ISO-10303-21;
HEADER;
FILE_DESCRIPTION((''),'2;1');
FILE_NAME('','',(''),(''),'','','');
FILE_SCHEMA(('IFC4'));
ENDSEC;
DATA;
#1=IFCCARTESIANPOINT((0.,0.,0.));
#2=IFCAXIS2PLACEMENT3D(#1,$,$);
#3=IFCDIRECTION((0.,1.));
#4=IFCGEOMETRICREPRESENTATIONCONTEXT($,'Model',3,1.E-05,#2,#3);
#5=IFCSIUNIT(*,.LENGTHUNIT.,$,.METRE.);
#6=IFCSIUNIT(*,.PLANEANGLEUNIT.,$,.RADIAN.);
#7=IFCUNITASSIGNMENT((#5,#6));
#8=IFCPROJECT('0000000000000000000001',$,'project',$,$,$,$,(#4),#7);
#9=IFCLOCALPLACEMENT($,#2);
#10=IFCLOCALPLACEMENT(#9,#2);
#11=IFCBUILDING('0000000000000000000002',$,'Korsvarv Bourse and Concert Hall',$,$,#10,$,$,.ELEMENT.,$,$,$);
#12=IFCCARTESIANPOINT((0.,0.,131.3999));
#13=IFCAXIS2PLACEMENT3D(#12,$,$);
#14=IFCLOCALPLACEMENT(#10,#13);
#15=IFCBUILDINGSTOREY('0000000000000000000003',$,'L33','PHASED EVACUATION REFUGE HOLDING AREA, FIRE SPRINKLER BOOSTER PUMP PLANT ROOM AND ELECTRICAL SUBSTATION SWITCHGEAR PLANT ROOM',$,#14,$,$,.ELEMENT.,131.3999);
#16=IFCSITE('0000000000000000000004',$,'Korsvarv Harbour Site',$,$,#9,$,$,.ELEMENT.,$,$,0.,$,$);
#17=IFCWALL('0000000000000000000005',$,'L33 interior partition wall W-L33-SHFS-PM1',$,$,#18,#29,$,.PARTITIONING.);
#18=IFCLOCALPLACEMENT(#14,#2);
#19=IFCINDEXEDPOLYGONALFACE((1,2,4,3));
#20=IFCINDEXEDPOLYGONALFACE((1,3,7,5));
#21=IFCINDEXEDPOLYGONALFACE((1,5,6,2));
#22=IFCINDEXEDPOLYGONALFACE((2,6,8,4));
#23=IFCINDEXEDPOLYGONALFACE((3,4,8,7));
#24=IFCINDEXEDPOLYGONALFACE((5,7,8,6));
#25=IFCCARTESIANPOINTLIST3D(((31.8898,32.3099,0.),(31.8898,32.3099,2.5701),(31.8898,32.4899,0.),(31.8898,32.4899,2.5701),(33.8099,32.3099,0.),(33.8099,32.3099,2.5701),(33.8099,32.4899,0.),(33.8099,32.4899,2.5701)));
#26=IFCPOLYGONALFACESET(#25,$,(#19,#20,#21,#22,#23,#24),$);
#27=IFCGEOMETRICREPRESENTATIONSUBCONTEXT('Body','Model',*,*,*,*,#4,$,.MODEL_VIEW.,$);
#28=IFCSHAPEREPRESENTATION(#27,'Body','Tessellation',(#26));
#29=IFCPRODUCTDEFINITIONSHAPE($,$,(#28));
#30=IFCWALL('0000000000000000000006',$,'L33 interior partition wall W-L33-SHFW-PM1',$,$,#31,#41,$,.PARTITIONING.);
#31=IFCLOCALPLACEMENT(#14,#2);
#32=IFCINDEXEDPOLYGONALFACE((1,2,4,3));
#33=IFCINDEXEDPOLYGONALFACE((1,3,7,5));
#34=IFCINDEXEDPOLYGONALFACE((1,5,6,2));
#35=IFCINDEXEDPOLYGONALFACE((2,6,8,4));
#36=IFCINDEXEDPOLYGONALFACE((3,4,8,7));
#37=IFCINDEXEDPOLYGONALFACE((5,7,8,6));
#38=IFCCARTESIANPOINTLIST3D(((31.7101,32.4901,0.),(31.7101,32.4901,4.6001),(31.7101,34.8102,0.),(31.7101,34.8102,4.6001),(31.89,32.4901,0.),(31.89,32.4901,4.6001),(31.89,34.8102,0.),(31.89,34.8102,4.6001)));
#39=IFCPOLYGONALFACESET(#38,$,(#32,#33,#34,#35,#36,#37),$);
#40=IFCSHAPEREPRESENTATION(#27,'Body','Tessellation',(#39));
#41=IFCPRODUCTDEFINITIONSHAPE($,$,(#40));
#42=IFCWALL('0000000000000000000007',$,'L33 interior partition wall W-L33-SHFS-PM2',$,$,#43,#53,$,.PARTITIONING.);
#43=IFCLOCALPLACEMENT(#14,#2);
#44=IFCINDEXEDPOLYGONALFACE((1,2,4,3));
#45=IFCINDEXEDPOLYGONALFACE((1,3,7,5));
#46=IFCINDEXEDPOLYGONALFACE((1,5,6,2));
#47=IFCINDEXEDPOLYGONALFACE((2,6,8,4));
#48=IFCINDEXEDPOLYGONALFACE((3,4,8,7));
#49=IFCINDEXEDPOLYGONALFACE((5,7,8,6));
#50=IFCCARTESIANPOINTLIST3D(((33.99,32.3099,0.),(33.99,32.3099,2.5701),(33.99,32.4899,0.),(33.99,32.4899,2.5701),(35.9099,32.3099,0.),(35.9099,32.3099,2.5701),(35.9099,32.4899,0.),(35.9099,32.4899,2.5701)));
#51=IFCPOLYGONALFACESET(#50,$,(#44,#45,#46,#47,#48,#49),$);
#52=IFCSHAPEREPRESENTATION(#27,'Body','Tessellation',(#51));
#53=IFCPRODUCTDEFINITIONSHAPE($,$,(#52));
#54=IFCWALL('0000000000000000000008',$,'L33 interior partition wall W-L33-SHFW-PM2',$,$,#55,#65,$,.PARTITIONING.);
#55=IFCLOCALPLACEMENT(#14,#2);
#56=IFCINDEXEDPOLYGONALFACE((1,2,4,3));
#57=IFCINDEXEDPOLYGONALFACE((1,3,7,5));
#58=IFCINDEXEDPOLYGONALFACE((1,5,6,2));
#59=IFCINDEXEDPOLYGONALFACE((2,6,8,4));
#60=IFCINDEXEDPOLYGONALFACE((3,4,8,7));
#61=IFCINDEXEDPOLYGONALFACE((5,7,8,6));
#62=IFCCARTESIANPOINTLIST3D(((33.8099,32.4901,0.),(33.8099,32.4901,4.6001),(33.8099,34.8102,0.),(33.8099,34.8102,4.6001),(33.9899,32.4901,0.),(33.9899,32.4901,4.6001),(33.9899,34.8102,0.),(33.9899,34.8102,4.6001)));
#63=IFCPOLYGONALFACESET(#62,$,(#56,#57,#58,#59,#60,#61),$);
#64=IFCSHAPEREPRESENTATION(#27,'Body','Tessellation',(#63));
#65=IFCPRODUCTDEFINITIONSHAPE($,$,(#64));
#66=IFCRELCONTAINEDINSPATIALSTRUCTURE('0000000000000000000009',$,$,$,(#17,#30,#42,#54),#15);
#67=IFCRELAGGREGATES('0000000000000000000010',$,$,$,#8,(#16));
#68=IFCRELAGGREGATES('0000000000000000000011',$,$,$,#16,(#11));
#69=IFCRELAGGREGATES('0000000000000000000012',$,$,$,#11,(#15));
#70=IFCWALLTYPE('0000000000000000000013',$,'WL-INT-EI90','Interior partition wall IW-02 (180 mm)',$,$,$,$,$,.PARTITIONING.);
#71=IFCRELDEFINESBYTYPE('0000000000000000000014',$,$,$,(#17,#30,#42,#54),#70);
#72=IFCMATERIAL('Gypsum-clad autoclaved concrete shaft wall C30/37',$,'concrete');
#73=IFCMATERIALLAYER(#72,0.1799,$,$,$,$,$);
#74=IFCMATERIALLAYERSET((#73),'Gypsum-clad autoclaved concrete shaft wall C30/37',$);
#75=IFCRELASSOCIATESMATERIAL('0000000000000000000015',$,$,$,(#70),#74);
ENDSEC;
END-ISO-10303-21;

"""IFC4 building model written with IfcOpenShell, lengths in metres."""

from ifc_helpers import new_model, si_unit, direction, frame, frame_2d, origin, place, context, subcontext, project, spatial, rectangle, extrude, material, layer, layer_set, type_object, element, save


model = new_model("IFC4")

# Units and contexts
model_context = context("Model", 3, precision=1e-05, world=origin(), true_north=direction((0.0, 1.0)))
body_context = subcontext(model_context, "Body", "Model", "MODEL_VIEW")
ifc_project = project(units=[si_unit("LENGTHUNIT", "METRE"), si_unit("PLANEANGLEUNIT", "RADIAN")], contexts=[model_context])

# Site, building, storey
site_placement = place(None, origin())
site = spatial("IfcSite", under=ifc_project, at=site_placement, Name="Korsvarv Harbour Site", CompositionType="ELEMENT", RefElevation=0.0)
building_placement = place(site_placement, origin())
building = spatial("IfcBuilding", under=site, at=building_placement, Name="Korsvarv Bourse and Concert Hall", CompositionType="ELEMENT")
storey_placement = place(building_placement, frame((0.0, 0.0, 131.3999)))
storey = spatial("IfcBuildingStorey", under=building, at=storey_placement, Name="L33", Description="PHASED EVACUATION REFUGE HOLDING AREA, FIRE SPRINKLER BOOSTER PUMP PLANT ROOM AND ELECTRICAL SUBSTATION SWITCHGEAR PLANT ROOM", CompositionType="ELEMENT", Elevation=131.3999)

# Walls
ifc_material_1 = material(Name="Gypsum-clad autoclaved concrete shaft wall C30/37", Category="concrete")
ifc_layer_1 = layer(ifc_material_1, 0.1799)
ifc_layer_set_1 = layer_set([ifc_layer_1], Name="Gypsum-clad autoclaved concrete shaft wall C30/37")
wall_type_1 = type_object("IfcWallType", Name="WL-INT-EI90", Description="Interior partition wall IW-02 (180 mm)", PredefinedType="PARTITIONING", material=ifc_layer_set_1)
wall_1_placement = place(storey_placement, frame((31.8899, 32.3999, 0.0), z_axis=(0.0, 0.0, 1.0), x_axis=(1.0, 0.0, 0.0)))
element("IfcWall", 1, at=wall_1_placement, inside=storey, type_object=wall_type_1, Name="L33 interior partition wall W-L33-SHFS-PM1", PredefinedType="PARTITIONING", context=body_context, shape_type="SweptSolid", body=[
    extrude(rectangle(XDim=1.9202, YDim=0.1799, at=frame_2d((0.96, 0.0))), origin(), (0.0, 0.0, 1.0), 2.5701),
])
wall_2_placement = place(storey_placement, frame((31.8, 32.49, 0.0), z_axis=(0.0, 0.0, 1.0), x_axis=(0.0, 1.0, 0.0)))
element("IfcWall", 2, at=wall_2_placement, inside=storey, type_object=wall_type_1, Name="L33 interior partition wall W-L33-SHFW-PM1", PredefinedType="PARTITIONING", context=body_context, shape_type="SweptSolid", body=[
    extrude(rectangle(XDim=2.3201, YDim=0.1799, at=frame_2d((1.1602, 0.0))), origin(), (0.0, 0.0, 1.0), 4.6001),
])
wall_3_placement = place(storey_placement, frame((33.99, 32.3999, 0.0), z_axis=(0.0, 0.0, 1.0), x_axis=(1.0, 0.0, 0.0)))
element("IfcWall", 3, at=wall_3_placement, inside=storey, type_object=wall_type_1, Name="L33 interior partition wall W-L33-SHFS-PM2", PredefinedType="PARTITIONING", context=body_context, shape_type="SweptSolid", body=[
    extrude(rectangle(XDim=1.9199, YDim=0.1799, at=frame_2d((0.96, 0.0))), origin(), (0.0, 0.0, 1.0), 2.5701),
])
wall_4_placement = place(storey_placement, frame((33.8999, 32.49, 0.0), z_axis=(0.0, 0.0, 1.0), x_axis=(0.0, 1.0, 0.0)))
element("IfcWall", 4, at=wall_4_placement, inside=storey, type_object=wall_type_1, Name="L33 interior partition wall W-L33-SHFW-PM2", PredefinedType="PARTITIONING", context=body_context, shape_type="SweptSolid", body=[
    extrude(rectangle(XDim=2.3201, YDim=0.1799, at=frame_2d((1.1602, 0.0))), origin(), (0.0, 0.0, 1.0), 4.6001),
])

save(model, "model.ifc")
